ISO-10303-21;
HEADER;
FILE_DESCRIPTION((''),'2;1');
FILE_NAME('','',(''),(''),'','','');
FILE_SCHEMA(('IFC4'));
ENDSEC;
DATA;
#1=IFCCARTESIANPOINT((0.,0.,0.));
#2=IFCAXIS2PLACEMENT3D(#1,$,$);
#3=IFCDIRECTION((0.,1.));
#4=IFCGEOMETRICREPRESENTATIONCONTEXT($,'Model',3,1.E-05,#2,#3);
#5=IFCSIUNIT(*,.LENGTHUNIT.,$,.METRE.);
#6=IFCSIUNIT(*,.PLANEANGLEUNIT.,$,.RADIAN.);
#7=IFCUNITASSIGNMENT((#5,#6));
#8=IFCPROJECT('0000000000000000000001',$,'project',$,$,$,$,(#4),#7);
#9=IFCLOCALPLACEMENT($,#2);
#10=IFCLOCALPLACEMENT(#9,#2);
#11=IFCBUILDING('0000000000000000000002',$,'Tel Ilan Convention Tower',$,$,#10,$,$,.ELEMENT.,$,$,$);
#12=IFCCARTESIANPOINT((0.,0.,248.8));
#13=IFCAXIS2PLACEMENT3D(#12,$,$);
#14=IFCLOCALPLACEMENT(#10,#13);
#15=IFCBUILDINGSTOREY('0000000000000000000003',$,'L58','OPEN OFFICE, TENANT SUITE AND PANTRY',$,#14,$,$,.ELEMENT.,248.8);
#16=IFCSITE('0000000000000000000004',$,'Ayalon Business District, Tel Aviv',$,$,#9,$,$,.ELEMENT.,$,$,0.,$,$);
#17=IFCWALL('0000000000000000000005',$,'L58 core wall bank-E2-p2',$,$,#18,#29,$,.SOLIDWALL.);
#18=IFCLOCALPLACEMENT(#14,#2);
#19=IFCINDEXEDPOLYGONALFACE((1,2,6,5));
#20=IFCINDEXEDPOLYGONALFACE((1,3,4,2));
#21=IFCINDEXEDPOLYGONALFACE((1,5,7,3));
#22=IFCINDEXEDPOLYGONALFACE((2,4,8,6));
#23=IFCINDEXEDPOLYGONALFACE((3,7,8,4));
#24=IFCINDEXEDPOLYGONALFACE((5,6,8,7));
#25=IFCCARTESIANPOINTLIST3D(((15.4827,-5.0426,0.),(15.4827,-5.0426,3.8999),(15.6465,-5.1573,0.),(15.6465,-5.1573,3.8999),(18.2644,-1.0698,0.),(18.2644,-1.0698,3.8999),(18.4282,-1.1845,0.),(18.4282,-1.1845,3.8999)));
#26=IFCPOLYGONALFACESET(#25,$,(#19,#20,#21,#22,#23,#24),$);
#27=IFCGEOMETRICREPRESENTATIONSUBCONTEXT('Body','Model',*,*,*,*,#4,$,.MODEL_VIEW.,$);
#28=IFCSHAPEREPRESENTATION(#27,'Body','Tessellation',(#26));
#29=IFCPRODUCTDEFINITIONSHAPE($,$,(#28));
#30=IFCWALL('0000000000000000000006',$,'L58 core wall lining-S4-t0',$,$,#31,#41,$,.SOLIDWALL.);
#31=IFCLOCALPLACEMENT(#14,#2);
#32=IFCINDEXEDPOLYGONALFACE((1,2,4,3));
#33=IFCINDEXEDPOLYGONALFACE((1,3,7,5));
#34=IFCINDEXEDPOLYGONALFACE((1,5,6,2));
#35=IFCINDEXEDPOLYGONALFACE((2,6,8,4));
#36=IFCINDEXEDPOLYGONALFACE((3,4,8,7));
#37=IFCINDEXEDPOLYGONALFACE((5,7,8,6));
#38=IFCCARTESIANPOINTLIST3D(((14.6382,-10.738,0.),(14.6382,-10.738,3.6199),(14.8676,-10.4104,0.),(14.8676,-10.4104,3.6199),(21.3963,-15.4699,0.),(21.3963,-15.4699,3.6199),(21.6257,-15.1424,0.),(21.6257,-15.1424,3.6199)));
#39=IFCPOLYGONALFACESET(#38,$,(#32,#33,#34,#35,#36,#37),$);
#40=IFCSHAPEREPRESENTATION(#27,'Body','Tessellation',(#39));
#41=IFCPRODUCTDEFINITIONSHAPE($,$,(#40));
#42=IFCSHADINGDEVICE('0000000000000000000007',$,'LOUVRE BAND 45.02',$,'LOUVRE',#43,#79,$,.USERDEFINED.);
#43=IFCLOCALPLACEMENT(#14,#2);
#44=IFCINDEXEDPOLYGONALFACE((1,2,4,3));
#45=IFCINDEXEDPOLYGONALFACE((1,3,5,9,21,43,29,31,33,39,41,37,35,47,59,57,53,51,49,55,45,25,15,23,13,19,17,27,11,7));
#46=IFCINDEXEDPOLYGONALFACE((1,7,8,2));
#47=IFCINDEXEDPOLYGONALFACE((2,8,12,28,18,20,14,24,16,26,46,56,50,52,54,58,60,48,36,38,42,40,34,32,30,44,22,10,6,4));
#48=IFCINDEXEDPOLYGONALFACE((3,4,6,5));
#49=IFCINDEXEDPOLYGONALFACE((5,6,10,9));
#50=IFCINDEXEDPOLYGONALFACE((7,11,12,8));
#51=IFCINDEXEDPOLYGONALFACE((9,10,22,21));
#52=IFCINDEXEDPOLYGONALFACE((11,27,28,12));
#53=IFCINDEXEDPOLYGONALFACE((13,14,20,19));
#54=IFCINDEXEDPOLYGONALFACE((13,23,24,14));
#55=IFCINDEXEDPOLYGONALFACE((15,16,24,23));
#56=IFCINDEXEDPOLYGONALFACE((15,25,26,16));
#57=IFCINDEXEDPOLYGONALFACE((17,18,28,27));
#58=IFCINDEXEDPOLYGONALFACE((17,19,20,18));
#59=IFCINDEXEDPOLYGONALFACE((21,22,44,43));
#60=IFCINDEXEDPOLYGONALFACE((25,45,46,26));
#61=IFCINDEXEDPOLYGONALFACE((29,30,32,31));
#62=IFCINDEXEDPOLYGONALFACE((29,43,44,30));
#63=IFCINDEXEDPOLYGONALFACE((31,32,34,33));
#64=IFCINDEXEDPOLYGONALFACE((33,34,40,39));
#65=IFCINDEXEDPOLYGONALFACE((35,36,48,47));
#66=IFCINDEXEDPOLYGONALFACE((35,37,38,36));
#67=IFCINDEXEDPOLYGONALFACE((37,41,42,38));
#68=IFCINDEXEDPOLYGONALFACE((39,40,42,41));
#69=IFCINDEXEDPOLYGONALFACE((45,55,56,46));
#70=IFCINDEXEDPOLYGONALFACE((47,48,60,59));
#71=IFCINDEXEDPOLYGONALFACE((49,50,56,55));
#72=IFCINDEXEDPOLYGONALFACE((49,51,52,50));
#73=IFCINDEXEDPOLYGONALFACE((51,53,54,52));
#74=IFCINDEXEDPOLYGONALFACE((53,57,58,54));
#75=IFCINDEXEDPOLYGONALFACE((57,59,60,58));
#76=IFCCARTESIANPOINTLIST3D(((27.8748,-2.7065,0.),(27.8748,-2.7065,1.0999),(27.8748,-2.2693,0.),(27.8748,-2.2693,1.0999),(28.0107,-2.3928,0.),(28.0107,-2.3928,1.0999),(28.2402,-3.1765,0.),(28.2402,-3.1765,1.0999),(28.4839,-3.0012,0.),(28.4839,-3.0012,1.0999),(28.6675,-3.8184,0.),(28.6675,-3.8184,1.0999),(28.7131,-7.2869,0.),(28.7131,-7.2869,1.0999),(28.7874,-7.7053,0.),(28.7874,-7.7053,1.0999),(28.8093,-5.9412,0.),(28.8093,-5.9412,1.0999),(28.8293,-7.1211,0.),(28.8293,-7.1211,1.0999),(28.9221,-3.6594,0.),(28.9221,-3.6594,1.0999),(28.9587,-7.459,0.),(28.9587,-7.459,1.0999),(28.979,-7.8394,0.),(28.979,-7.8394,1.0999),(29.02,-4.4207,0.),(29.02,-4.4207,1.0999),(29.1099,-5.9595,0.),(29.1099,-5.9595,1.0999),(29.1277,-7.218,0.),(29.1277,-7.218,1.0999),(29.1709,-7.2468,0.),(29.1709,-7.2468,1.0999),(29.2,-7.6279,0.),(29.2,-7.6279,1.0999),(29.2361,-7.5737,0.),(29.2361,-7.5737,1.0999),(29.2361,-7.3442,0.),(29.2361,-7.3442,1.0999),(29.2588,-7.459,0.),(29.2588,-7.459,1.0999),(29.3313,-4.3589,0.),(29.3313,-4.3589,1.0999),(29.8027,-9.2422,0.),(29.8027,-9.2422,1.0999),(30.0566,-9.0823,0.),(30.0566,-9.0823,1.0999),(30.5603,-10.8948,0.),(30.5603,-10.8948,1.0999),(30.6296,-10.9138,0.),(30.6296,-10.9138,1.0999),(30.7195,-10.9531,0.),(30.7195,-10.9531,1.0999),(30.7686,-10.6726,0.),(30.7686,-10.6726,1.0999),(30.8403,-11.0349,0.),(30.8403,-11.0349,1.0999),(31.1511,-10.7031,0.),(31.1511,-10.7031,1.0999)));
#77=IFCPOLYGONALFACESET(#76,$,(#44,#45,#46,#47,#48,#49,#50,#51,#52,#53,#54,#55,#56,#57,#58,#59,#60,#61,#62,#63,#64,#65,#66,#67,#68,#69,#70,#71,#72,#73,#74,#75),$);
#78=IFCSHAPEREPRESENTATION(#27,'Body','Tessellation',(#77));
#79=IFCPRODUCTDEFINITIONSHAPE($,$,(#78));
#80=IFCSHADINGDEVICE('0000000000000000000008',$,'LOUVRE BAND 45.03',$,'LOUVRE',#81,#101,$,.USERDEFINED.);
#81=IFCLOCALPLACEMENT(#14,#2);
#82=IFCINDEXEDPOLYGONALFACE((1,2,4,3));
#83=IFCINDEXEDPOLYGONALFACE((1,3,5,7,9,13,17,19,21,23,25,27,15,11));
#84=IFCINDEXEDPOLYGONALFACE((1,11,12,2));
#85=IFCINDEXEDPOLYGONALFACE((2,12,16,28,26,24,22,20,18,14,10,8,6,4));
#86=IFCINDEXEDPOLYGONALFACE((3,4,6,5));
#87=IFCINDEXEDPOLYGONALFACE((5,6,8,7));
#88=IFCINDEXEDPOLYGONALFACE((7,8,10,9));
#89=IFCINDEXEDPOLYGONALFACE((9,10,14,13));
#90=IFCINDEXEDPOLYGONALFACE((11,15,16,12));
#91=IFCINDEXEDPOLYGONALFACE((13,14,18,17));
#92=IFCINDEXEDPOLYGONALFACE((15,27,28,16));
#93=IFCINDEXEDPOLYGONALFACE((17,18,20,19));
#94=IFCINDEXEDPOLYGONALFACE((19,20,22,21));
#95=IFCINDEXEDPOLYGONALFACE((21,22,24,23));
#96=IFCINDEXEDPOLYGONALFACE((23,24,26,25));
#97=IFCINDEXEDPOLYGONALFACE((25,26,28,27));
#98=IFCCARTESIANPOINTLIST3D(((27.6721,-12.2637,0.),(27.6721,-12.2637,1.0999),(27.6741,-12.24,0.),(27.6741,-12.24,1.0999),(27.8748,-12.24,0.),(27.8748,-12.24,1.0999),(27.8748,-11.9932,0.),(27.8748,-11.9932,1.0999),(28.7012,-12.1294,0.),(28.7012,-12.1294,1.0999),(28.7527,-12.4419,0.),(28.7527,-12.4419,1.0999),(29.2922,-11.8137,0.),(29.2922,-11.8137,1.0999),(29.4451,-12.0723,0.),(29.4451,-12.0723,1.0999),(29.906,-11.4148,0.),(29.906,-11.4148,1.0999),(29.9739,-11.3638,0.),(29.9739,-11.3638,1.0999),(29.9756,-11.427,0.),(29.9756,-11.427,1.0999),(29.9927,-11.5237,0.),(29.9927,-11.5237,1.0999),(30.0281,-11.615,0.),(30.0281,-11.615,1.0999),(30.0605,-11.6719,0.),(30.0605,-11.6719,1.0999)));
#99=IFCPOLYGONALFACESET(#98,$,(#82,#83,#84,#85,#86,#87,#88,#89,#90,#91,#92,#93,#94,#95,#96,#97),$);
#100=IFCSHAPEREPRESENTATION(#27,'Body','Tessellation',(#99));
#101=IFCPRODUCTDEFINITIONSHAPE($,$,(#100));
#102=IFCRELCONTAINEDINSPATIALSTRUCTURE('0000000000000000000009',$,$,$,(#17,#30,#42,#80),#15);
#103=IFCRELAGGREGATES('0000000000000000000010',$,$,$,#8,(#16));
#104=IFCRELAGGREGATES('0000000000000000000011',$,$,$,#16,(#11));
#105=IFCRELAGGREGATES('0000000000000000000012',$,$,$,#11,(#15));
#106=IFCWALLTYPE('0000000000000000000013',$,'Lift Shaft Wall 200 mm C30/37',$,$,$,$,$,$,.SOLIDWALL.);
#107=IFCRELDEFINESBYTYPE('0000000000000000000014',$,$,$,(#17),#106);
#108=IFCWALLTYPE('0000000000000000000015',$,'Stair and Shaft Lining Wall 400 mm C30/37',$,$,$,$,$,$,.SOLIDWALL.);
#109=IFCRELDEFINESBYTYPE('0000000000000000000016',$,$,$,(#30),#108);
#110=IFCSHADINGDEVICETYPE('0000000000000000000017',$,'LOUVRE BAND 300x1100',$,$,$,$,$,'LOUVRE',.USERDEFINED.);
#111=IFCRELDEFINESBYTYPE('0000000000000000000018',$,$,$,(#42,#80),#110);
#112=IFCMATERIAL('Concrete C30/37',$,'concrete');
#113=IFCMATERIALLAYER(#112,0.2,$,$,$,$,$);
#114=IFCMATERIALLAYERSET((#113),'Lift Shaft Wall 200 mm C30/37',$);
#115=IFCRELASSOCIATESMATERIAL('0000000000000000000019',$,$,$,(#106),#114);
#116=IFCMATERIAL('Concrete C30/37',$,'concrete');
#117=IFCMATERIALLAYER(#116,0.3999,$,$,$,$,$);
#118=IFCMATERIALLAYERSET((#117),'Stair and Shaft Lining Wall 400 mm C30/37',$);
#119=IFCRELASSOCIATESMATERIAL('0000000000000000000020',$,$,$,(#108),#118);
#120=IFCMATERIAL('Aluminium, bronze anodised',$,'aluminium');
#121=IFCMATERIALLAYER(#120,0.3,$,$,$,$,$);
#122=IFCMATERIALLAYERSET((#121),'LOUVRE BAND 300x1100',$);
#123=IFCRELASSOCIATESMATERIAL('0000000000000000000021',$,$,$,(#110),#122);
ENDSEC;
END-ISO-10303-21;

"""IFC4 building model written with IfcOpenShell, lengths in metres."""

from ifc_helpers import new_model, si_unit, direction, frame, frame_2d, origin, place, context, subcontext, project, spatial, polyline, rectangle, outline, extrude, material, layer, layer_set, type_object, element, save


model = new_model("IFC4")

# Units and contexts
model_context = context("Model", 3, precision=1e-05, world=origin(), true_north=direction((0.0, 1.0)))
body_context = subcontext(model_context, "Body", "Model", "MODEL_VIEW")
ifc_project = project(units=[si_unit("LENGTHUNIT", "METRE"), si_unit("PLANEANGLEUNIT", "RADIAN")], contexts=[model_context])

# Site, building, storey
site_placement = place(None, origin())
site = spatial("IfcSite", under=ifc_project, at=site_placement, Name="Ayalon Business District, Tel Aviv", CompositionType="ELEMENT", RefElevation=0.0)
building_placement = place(site_placement, origin())
building = spatial("IfcBuilding", under=site, at=building_placement, Name="Tel Ilan Convention Tower", CompositionType="ELEMENT")
storey_placement = place(building_placement, frame((0.0, 0.0, 248.8)))
storey = spatial("IfcBuildingStorey", under=building, at=storey_placement, Name="L58", Description="OPEN OFFICE, TENANT SUITE AND PANTRY", CompositionType="ELEMENT", Elevation=248.8)

# Walls
ifc_material_1 = material(Name="Concrete C30/37", Category="concrete")
ifc_layer_1 = layer(ifc_material_1, 0.2)
ifc_layer_set_1 = layer_set([ifc_layer_1], Name="Lift Shaft Wall 200 mm C30/37")
wall_type_1 = type_object("IfcWallType", Name="Lift Shaft Wall 200 mm C30/37", PredefinedType="SOLIDWALL", material=ifc_layer_set_1)
wall_1_placement = place(storey_placement, frame((15.5647, -5.0999, 0.0), z_axis=(0.0, 0.0, 1.0), x_axis=(0.57356, 0.819163, 0.0)))
element("IfcWall", 1, at=wall_1_placement, inside=storey, type_object=wall_type_1, Name="L58 core wall bank-E2-p2", PredefinedType="SOLIDWALL", context=body_context, shape_type="SweptSolid", body=[
    extrude(rectangle(XDim=4.8499, YDim=0.2, at=frame_2d((2.4248, 0.0))), origin(), (0.0, 0.0, 1.0), 3.8999),
])
ifc_material_2 = material(Name="Concrete C30/37", Category="concrete")
ifc_layer_2 = layer(ifc_material_2, 0.3999)
ifc_layer_set_2 = layer_set([ifc_layer_2], Name="Stair and Shaft Lining Wall 400 mm C30/37")
wall_type_2 = type_object("IfcWallType", Name="Stair and Shaft Lining Wall 400 mm C30/37", PredefinedType="SOLIDWALL", material=ifc_layer_set_2)
wall_2_placement = place(storey_placement, frame((14.7529, -10.5742, 0.0), z_axis=(0.0, 0.0, 1.0), x_axis=(0.819158, -0.573568, 0.0)))
element("IfcWall", 2, at=wall_2_placement, inside=storey, type_object=wall_type_2, Name="L58 core wall lining-S4-t0", PredefinedType="SOLIDWALL", context=body_context, shape_type="SweptSolid", body=[
    extrude(rectangle(XDim=8.25, YDim=0.3999, at=frame_2d((4.125, 0.0))), origin(), (0.0, 0.0, 1.0), 3.6199),
])

# Shading devices
ifc_material_3 = material(Name="Aluminium, bronze anodised", Category="aluminium")
ifc_layer_3 = layer(ifc_material_3, 0.3)
ifc_layer_set_3 = layer_set([ifc_layer_3], Name="LOUVRE BAND 300x1100")
shading_device_type = type_object("IfcShadingDeviceType", Name="LOUVRE BAND 300x1100", ElementType="LOUVRE", PredefinedType="USERDEFINED", material=ifc_layer_set_3)
shading_device_1_placement = place(storey_placement, origin())
element("IfcShadingDevice", 3, at=shading_device_1_placement, inside=storey, type_object=shading_device_type, Name="LOUVRE BAND 45.02", ObjectType="LOUVRE", PredefinedType="USERDEFINED", context=body_context, shape_type="SweptSolid", body=[
    extrude(outline(polyline([(28.0107, -2.3928), (27.8748, -2.2693), (27.8748, -2.7065), (28.2402, -3.1765), (28.6675, -3.8184), (29.02, -4.4207), (28.8093, -5.9412), (28.8293, -7.1211), (28.7131, -7.2869), (28.9587, -7.459), (28.7874, -7.7053), (28.979, -7.8394), (29.8027, -9.2422), (30.7686, -10.6726), (30.5603, -10.8948), (30.6296, -10.9138), (30.7195, -10.9531), (30.8403, -11.0349), (31.1511, -10.7031), (30.0566, -9.0823), (29.2, -7.6279), (29.2361, -7.5737), (29.2588, -7.459), (29.2361, -7.3442), (29.1709, -7.2468), (29.1277, -7.218), (29.1099, -5.9595), (29.3313, -4.3589), (28.9221, -3.6594), (28.4839, -3.0012), (28.0107, -2.3928)])), origin(), (0.0, 0.0, 1.0), 1.0999),
])
shading_device_2_placement = place(storey_placement, origin())
element("IfcShadingDevice", 4, at=shading_device_2_placement, inside=storey, type_object=shading_device_type, Name="LOUVRE BAND 45.03", ObjectType="LOUVRE", PredefinedType="USERDEFINED", context=body_context, shape_type="SweptSolid", body=[
    extrude(outline(polyline([(27.6721, -12.2637), (28.7527, -12.4419), (29.4451, -12.0723), (30.0605, -11.6719), (30.0281, -11.615), (29.9927, -11.5237), (29.9756, -11.427), (29.9739, -11.3638), (29.906, -11.4148), (29.2922, -11.8137), (28.7012, -12.1294), (27.8748, -11.9932), (27.8748, -12.24), (27.6741, -12.24), (27.6721, -12.2637)])), origin(), (0.0, 0.0, 1.0), 1.0999),
])

save(model, "model.ifc")
